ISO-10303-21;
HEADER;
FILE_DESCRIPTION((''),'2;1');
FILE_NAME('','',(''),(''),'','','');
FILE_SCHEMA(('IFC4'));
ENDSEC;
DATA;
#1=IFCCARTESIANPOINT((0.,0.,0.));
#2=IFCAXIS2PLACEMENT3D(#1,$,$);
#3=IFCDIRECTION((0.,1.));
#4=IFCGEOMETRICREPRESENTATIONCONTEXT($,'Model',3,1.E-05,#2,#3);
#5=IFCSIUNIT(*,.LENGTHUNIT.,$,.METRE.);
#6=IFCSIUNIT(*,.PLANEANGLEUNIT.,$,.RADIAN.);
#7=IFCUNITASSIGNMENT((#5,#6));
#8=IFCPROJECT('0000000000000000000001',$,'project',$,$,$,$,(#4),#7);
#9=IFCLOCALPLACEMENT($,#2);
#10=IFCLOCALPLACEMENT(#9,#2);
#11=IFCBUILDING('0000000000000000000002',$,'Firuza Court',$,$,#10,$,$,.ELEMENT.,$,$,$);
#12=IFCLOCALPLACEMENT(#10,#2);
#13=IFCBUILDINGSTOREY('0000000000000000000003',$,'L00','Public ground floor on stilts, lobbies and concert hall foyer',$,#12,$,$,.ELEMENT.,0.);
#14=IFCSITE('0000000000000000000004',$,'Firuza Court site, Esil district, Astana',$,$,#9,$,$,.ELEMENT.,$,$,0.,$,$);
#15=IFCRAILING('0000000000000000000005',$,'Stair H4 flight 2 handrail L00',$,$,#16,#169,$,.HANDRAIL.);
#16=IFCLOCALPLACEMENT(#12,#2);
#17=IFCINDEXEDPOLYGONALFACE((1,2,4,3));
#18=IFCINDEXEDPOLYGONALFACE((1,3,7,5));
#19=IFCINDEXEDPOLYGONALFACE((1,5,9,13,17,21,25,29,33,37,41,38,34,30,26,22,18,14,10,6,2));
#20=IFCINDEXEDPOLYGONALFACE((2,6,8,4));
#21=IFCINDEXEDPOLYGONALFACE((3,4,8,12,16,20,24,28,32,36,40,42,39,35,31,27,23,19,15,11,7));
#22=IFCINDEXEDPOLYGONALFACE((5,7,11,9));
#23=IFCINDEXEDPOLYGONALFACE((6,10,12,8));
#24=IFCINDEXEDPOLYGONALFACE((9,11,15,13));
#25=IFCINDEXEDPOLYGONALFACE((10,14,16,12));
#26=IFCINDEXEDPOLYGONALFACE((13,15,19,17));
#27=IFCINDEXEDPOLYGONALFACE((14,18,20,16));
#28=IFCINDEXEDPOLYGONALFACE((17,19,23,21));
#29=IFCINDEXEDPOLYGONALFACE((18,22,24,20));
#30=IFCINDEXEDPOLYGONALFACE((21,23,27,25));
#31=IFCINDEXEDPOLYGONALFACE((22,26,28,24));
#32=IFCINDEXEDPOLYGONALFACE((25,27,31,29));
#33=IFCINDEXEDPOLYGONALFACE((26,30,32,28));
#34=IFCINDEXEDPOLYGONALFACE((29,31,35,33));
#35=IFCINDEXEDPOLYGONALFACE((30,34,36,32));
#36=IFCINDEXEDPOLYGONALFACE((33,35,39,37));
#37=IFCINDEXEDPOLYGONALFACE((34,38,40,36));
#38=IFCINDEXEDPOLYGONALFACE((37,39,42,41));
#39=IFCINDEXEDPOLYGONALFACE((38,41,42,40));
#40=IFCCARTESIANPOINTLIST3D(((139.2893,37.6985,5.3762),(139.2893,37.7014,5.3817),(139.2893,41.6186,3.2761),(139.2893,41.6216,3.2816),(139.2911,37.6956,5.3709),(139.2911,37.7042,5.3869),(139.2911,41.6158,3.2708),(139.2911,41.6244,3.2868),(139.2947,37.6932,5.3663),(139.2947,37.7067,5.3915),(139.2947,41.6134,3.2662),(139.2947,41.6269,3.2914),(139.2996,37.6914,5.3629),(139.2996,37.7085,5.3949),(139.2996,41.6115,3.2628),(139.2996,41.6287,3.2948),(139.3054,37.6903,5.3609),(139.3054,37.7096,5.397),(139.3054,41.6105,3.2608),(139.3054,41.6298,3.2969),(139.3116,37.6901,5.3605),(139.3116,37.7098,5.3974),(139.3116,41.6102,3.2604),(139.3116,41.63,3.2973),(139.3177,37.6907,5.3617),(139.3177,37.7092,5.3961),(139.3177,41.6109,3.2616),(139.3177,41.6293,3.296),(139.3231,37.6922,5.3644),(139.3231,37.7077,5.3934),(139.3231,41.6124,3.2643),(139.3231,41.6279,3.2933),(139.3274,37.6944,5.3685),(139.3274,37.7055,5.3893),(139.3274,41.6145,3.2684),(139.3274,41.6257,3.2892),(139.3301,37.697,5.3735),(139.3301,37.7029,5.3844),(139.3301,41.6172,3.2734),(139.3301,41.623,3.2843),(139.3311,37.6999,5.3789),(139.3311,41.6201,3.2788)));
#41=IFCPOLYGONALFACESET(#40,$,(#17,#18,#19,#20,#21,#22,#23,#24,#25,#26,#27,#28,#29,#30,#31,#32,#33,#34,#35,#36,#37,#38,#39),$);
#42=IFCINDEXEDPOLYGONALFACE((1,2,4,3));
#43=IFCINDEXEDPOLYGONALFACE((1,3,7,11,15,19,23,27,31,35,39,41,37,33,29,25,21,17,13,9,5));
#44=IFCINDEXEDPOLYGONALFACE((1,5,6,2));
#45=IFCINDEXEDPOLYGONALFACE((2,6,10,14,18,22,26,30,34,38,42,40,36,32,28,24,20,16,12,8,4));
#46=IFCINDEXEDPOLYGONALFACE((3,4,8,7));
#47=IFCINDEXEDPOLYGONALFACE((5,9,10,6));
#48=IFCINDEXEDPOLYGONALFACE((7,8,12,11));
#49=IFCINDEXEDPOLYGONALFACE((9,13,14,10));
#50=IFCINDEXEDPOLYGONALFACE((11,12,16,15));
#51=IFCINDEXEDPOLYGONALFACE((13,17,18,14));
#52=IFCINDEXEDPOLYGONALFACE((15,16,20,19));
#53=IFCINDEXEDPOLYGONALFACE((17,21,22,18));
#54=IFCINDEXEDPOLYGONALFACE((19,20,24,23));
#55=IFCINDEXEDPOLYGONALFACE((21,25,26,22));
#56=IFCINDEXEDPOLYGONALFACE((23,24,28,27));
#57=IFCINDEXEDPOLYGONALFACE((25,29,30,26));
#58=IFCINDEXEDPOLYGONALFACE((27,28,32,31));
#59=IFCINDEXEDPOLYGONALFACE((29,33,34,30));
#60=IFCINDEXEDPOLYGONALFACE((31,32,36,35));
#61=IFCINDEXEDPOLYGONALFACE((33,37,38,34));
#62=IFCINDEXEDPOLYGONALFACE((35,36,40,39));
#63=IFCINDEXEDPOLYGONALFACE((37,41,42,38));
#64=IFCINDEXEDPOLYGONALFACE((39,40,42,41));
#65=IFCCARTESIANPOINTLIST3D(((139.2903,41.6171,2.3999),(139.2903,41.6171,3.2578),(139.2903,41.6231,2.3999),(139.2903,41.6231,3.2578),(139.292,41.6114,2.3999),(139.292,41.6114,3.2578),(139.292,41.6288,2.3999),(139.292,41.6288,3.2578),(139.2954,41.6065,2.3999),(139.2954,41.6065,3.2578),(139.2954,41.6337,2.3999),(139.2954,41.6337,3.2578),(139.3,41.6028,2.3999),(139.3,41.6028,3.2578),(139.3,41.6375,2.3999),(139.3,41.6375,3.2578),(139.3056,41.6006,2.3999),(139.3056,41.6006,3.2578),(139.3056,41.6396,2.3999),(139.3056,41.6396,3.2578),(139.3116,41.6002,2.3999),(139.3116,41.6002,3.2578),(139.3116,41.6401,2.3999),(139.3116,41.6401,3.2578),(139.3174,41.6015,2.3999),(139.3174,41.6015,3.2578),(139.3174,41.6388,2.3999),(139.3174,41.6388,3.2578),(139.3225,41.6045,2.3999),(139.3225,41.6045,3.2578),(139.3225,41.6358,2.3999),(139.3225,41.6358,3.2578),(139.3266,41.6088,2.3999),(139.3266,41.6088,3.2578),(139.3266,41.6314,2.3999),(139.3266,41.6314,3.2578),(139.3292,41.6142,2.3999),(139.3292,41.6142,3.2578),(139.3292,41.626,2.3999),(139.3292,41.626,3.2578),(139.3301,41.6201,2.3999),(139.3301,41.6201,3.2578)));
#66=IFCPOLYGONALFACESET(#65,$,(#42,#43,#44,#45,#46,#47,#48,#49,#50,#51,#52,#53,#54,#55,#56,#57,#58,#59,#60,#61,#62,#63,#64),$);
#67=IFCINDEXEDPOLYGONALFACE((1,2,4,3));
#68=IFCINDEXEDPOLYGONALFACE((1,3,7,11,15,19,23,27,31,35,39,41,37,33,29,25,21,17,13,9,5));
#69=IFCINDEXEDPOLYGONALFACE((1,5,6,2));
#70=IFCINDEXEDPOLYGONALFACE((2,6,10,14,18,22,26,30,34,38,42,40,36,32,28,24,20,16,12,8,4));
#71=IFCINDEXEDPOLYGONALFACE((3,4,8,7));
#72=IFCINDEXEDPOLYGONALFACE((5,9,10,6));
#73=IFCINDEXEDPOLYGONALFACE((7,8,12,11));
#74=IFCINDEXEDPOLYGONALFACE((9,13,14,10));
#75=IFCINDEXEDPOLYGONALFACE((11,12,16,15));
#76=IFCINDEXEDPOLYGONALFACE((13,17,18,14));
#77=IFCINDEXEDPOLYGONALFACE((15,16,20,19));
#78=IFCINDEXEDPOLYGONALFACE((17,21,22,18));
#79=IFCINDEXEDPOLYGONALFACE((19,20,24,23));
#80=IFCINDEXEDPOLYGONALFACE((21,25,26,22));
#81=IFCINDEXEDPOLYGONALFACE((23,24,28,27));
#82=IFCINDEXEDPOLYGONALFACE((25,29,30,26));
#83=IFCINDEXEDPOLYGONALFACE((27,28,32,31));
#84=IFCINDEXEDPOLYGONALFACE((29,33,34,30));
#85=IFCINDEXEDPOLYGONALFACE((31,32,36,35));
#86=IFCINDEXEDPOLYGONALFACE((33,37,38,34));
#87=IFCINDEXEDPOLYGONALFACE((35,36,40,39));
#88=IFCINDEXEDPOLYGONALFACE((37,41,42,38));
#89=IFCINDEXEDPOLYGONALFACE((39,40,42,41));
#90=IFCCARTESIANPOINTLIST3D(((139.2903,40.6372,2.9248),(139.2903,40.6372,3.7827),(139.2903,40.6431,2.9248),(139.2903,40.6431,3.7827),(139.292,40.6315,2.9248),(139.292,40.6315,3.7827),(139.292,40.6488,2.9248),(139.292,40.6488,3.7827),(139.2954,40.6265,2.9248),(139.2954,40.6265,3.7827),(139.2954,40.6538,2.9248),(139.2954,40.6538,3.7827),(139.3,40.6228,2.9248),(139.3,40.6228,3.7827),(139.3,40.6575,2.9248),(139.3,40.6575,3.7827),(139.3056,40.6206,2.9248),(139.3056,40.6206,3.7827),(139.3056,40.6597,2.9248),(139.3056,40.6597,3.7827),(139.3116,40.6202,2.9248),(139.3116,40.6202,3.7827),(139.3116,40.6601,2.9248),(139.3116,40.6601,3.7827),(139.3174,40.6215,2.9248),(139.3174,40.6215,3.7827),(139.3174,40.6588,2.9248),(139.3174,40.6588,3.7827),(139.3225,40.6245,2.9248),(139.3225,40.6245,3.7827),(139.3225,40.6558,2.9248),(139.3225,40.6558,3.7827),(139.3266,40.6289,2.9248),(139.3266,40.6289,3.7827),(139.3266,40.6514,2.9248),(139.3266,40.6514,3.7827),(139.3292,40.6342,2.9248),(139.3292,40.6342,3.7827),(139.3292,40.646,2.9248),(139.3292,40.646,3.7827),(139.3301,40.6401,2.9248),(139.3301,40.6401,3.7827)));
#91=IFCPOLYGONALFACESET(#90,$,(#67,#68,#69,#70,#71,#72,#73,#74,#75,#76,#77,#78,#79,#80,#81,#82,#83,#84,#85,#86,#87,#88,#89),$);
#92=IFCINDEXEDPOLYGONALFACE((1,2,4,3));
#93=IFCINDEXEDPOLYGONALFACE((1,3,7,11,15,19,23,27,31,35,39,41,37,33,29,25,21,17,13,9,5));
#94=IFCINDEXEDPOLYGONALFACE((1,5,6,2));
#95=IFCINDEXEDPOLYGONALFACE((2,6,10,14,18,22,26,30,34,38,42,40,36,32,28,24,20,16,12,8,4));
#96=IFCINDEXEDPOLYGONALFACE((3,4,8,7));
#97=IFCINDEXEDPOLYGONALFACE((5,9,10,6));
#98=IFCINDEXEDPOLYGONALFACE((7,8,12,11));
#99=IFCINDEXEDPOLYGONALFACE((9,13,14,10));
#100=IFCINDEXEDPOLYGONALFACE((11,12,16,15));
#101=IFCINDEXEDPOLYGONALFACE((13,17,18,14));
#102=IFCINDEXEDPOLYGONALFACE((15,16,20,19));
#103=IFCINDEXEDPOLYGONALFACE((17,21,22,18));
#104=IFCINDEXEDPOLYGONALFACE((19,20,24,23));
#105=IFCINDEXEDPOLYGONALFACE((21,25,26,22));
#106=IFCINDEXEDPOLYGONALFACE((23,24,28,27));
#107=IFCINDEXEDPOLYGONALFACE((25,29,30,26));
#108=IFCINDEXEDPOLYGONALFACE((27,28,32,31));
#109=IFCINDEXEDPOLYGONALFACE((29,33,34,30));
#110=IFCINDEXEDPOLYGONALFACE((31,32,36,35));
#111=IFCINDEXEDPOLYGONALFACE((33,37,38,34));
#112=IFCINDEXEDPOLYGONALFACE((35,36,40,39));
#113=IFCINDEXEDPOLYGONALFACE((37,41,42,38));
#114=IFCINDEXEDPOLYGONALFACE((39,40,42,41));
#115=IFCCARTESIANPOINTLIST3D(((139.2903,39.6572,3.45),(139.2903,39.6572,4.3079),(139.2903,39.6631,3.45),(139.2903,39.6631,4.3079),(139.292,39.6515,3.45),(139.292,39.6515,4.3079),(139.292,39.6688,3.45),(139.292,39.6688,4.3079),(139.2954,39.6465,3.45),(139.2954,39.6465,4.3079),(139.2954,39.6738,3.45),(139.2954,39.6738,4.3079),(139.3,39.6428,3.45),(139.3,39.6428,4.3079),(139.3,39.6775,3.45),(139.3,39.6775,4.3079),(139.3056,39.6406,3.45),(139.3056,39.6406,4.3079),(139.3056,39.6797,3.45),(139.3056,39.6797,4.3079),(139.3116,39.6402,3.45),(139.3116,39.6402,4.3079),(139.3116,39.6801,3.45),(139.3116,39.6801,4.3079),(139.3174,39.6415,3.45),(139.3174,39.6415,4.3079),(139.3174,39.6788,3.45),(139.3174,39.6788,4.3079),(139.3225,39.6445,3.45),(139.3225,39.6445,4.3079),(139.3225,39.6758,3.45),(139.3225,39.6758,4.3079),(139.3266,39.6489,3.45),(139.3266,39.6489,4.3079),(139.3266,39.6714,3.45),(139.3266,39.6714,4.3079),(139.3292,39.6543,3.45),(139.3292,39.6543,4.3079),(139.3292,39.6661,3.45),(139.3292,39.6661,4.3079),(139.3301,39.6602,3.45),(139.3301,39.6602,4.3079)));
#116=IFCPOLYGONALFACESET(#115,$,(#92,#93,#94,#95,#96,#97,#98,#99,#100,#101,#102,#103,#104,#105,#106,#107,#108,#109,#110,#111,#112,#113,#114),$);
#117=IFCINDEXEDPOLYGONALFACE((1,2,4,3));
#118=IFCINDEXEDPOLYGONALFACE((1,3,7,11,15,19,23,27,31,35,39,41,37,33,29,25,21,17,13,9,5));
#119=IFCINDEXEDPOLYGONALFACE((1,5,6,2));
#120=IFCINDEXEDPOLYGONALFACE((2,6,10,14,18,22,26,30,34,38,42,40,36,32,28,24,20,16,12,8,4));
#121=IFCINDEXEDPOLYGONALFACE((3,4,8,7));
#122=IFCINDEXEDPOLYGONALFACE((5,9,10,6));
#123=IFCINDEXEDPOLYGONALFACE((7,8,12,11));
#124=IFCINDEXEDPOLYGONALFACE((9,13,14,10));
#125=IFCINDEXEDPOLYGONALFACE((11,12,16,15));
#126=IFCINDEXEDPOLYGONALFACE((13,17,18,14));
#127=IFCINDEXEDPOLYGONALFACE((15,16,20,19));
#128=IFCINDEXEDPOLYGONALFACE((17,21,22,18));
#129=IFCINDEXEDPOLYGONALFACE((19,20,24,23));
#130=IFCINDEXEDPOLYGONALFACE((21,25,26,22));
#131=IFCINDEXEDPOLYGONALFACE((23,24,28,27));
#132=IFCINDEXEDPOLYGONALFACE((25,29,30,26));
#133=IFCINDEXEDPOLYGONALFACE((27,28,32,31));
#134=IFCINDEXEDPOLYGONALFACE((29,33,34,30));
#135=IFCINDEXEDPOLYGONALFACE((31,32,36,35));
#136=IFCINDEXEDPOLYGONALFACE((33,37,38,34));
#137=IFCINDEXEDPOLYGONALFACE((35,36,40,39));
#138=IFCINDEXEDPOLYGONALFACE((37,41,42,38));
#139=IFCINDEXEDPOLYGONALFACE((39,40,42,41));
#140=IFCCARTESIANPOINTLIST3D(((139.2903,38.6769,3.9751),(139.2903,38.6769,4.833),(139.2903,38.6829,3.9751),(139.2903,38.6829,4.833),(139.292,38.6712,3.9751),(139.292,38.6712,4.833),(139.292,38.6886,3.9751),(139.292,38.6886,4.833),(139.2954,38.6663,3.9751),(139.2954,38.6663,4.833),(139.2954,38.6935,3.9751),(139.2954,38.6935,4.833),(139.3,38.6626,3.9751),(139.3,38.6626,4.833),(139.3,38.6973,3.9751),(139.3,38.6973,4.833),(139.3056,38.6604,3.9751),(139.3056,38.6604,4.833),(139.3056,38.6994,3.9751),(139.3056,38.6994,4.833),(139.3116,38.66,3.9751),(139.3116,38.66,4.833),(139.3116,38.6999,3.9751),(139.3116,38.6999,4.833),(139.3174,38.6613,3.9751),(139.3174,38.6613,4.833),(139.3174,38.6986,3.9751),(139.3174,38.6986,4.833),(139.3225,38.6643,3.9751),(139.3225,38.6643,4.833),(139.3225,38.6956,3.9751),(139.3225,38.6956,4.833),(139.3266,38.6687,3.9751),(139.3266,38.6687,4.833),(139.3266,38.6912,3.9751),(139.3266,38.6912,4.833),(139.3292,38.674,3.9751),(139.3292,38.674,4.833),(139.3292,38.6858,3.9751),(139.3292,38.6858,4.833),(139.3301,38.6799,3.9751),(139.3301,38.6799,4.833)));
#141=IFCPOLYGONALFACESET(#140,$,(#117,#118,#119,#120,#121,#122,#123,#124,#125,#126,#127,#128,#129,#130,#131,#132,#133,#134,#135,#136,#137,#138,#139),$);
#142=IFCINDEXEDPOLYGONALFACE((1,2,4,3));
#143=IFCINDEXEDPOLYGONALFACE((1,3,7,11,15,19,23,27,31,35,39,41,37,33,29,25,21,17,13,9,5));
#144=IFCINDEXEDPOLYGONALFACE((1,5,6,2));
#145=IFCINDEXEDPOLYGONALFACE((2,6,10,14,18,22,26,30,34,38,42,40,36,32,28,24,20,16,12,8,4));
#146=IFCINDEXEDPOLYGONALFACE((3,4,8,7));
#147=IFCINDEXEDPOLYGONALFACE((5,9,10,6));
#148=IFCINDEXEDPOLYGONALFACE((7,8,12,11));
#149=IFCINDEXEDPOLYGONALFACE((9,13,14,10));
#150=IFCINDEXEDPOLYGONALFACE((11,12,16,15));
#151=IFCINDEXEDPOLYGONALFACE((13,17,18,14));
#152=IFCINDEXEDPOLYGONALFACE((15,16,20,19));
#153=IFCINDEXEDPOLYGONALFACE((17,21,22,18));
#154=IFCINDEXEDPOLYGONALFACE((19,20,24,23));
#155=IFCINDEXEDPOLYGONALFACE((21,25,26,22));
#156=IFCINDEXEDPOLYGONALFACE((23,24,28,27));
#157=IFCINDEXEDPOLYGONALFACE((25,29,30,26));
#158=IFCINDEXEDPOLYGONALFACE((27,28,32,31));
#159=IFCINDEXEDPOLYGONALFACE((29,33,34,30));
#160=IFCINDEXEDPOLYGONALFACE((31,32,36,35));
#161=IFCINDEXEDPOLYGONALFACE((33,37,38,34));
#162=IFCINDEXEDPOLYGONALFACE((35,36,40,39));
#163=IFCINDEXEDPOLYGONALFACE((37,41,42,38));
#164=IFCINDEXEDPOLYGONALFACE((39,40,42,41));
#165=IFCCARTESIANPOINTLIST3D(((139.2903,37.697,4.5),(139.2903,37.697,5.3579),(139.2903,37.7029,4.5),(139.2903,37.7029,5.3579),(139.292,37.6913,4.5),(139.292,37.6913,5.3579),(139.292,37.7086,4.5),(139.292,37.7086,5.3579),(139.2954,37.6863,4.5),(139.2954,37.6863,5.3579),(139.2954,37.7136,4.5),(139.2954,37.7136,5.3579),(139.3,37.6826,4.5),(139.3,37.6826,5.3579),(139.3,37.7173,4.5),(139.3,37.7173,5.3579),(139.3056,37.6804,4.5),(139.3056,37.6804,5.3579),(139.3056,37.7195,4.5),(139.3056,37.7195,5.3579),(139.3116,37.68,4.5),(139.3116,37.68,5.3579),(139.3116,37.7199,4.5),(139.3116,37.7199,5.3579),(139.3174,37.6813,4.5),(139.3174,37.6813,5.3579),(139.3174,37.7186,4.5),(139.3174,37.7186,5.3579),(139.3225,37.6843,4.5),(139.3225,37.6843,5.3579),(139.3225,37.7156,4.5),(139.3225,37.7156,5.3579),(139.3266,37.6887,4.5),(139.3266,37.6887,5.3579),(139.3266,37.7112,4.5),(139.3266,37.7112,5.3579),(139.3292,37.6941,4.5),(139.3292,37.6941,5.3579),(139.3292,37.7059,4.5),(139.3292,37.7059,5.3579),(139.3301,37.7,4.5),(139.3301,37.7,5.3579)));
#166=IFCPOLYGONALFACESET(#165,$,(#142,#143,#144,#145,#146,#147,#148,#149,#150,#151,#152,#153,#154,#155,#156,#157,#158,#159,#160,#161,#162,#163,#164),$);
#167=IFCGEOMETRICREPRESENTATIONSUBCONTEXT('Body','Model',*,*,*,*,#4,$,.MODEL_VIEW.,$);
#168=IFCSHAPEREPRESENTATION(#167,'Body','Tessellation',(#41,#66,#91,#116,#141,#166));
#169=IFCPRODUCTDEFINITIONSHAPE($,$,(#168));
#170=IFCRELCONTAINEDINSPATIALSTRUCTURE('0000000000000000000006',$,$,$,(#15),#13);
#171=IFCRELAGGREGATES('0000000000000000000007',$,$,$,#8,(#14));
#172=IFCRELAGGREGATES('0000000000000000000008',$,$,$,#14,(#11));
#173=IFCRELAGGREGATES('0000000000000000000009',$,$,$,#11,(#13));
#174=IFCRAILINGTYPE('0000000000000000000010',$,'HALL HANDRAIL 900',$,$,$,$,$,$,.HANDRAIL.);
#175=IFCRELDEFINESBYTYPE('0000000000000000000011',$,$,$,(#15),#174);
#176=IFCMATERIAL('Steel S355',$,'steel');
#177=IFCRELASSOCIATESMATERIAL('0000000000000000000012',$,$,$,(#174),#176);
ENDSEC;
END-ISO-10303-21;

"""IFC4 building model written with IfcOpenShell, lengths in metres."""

from ifc_helpers import new_model, si_unit, direction, frame, origin, origin_2d, place, context, subcontext, project, spatial, circle, extrude, material, type_object, element, save


model = new_model("IFC4")

# Units and contexts
model_context = context("Model", 3, precision=1e-05, world=origin(), true_north=direction((0.0, 1.0)))
body_context = subcontext(model_context, "Body", "Model", "MODEL_VIEW")
ifc_project = project(units=[si_unit("LENGTHUNIT", "METRE"), si_unit("PLANEANGLEUNIT", "RADIAN")], contexts=[model_context])

# Site, building, storey
site_placement = place(None, origin())
site = spatial("IfcSite", under=ifc_project, at=site_placement, Name="Firuza Court site, Esil district, Astana", CompositionType="ELEMENT", RefElevation=0.0)
building_placement = place(site_placement, origin())
building = spatial("IfcBuilding", under=site, at=building_placement, Name="Firuza Court", CompositionType="ELEMENT")
storey_placement = place(building_placement, origin())
storey = spatial("IfcBuildingStorey", under=building, at=storey_placement, Name="L00", Description="Public ground floor on stilts, lobbies and concert hall foyer", CompositionType="ELEMENT", Elevation=0.0)

# Railing
ifc_material_1 = material(Name="Steel S355", Category="steel")
railing_type_1 = type_object("IfcRailingType", Name="HALL HANDRAIL 900", PredefinedType="HANDRAIL", material=ifc_material_1)
for number, where, name in (
    (1, (139.3101, 41.6201, 2.3999), "Stair H4 flight 2 handrail L00"),
):
    element("IfcRailing", number, at=place(storey_placement, frame(where)), inside=storey, type_object=railing_type_1, Name=name, PredefinedType="HANDRAIL", context=body_context, shape_type="SweptSolid", body=[
        extrude(circle(Radius=0.021, at=origin_2d()), frame((0.0, 0.0, 0.8789), z_axis=(0.0, -0.881479, 0.472223), x_axis=(1.0, 0.0, 0.0)), (0.0, 0.0, 1.0), 4.4473),
        extrude(circle(Radius=0.02, at=origin_2d()), origin(), (0.0, 0.0, 1.0), 0.8579),
        extrude(circle(Radius=0.02, at=origin_2d()), frame((0.0, -0.98, 0.5249)), (0.0, 0.0, 1.0), 0.8579),
        extrude(circle(Radius=0.02, at=origin_2d()), frame((0.0, -1.96, 1.05)), (0.0, 0.0, 1.0), 0.8579),
        extrude(circle(Radius=0.02, at=origin_2d()), frame((0.0, -2.9402, 1.5752)), (0.0, 0.0, 1.0), 0.8579),
        extrude(circle(Radius=0.02, at=origin_2d()), frame((0.0, -3.9202, 2.1001)), (0.0, 0.0, 1.0), 0.8579),
    ])

save(model, "model.ifc")
